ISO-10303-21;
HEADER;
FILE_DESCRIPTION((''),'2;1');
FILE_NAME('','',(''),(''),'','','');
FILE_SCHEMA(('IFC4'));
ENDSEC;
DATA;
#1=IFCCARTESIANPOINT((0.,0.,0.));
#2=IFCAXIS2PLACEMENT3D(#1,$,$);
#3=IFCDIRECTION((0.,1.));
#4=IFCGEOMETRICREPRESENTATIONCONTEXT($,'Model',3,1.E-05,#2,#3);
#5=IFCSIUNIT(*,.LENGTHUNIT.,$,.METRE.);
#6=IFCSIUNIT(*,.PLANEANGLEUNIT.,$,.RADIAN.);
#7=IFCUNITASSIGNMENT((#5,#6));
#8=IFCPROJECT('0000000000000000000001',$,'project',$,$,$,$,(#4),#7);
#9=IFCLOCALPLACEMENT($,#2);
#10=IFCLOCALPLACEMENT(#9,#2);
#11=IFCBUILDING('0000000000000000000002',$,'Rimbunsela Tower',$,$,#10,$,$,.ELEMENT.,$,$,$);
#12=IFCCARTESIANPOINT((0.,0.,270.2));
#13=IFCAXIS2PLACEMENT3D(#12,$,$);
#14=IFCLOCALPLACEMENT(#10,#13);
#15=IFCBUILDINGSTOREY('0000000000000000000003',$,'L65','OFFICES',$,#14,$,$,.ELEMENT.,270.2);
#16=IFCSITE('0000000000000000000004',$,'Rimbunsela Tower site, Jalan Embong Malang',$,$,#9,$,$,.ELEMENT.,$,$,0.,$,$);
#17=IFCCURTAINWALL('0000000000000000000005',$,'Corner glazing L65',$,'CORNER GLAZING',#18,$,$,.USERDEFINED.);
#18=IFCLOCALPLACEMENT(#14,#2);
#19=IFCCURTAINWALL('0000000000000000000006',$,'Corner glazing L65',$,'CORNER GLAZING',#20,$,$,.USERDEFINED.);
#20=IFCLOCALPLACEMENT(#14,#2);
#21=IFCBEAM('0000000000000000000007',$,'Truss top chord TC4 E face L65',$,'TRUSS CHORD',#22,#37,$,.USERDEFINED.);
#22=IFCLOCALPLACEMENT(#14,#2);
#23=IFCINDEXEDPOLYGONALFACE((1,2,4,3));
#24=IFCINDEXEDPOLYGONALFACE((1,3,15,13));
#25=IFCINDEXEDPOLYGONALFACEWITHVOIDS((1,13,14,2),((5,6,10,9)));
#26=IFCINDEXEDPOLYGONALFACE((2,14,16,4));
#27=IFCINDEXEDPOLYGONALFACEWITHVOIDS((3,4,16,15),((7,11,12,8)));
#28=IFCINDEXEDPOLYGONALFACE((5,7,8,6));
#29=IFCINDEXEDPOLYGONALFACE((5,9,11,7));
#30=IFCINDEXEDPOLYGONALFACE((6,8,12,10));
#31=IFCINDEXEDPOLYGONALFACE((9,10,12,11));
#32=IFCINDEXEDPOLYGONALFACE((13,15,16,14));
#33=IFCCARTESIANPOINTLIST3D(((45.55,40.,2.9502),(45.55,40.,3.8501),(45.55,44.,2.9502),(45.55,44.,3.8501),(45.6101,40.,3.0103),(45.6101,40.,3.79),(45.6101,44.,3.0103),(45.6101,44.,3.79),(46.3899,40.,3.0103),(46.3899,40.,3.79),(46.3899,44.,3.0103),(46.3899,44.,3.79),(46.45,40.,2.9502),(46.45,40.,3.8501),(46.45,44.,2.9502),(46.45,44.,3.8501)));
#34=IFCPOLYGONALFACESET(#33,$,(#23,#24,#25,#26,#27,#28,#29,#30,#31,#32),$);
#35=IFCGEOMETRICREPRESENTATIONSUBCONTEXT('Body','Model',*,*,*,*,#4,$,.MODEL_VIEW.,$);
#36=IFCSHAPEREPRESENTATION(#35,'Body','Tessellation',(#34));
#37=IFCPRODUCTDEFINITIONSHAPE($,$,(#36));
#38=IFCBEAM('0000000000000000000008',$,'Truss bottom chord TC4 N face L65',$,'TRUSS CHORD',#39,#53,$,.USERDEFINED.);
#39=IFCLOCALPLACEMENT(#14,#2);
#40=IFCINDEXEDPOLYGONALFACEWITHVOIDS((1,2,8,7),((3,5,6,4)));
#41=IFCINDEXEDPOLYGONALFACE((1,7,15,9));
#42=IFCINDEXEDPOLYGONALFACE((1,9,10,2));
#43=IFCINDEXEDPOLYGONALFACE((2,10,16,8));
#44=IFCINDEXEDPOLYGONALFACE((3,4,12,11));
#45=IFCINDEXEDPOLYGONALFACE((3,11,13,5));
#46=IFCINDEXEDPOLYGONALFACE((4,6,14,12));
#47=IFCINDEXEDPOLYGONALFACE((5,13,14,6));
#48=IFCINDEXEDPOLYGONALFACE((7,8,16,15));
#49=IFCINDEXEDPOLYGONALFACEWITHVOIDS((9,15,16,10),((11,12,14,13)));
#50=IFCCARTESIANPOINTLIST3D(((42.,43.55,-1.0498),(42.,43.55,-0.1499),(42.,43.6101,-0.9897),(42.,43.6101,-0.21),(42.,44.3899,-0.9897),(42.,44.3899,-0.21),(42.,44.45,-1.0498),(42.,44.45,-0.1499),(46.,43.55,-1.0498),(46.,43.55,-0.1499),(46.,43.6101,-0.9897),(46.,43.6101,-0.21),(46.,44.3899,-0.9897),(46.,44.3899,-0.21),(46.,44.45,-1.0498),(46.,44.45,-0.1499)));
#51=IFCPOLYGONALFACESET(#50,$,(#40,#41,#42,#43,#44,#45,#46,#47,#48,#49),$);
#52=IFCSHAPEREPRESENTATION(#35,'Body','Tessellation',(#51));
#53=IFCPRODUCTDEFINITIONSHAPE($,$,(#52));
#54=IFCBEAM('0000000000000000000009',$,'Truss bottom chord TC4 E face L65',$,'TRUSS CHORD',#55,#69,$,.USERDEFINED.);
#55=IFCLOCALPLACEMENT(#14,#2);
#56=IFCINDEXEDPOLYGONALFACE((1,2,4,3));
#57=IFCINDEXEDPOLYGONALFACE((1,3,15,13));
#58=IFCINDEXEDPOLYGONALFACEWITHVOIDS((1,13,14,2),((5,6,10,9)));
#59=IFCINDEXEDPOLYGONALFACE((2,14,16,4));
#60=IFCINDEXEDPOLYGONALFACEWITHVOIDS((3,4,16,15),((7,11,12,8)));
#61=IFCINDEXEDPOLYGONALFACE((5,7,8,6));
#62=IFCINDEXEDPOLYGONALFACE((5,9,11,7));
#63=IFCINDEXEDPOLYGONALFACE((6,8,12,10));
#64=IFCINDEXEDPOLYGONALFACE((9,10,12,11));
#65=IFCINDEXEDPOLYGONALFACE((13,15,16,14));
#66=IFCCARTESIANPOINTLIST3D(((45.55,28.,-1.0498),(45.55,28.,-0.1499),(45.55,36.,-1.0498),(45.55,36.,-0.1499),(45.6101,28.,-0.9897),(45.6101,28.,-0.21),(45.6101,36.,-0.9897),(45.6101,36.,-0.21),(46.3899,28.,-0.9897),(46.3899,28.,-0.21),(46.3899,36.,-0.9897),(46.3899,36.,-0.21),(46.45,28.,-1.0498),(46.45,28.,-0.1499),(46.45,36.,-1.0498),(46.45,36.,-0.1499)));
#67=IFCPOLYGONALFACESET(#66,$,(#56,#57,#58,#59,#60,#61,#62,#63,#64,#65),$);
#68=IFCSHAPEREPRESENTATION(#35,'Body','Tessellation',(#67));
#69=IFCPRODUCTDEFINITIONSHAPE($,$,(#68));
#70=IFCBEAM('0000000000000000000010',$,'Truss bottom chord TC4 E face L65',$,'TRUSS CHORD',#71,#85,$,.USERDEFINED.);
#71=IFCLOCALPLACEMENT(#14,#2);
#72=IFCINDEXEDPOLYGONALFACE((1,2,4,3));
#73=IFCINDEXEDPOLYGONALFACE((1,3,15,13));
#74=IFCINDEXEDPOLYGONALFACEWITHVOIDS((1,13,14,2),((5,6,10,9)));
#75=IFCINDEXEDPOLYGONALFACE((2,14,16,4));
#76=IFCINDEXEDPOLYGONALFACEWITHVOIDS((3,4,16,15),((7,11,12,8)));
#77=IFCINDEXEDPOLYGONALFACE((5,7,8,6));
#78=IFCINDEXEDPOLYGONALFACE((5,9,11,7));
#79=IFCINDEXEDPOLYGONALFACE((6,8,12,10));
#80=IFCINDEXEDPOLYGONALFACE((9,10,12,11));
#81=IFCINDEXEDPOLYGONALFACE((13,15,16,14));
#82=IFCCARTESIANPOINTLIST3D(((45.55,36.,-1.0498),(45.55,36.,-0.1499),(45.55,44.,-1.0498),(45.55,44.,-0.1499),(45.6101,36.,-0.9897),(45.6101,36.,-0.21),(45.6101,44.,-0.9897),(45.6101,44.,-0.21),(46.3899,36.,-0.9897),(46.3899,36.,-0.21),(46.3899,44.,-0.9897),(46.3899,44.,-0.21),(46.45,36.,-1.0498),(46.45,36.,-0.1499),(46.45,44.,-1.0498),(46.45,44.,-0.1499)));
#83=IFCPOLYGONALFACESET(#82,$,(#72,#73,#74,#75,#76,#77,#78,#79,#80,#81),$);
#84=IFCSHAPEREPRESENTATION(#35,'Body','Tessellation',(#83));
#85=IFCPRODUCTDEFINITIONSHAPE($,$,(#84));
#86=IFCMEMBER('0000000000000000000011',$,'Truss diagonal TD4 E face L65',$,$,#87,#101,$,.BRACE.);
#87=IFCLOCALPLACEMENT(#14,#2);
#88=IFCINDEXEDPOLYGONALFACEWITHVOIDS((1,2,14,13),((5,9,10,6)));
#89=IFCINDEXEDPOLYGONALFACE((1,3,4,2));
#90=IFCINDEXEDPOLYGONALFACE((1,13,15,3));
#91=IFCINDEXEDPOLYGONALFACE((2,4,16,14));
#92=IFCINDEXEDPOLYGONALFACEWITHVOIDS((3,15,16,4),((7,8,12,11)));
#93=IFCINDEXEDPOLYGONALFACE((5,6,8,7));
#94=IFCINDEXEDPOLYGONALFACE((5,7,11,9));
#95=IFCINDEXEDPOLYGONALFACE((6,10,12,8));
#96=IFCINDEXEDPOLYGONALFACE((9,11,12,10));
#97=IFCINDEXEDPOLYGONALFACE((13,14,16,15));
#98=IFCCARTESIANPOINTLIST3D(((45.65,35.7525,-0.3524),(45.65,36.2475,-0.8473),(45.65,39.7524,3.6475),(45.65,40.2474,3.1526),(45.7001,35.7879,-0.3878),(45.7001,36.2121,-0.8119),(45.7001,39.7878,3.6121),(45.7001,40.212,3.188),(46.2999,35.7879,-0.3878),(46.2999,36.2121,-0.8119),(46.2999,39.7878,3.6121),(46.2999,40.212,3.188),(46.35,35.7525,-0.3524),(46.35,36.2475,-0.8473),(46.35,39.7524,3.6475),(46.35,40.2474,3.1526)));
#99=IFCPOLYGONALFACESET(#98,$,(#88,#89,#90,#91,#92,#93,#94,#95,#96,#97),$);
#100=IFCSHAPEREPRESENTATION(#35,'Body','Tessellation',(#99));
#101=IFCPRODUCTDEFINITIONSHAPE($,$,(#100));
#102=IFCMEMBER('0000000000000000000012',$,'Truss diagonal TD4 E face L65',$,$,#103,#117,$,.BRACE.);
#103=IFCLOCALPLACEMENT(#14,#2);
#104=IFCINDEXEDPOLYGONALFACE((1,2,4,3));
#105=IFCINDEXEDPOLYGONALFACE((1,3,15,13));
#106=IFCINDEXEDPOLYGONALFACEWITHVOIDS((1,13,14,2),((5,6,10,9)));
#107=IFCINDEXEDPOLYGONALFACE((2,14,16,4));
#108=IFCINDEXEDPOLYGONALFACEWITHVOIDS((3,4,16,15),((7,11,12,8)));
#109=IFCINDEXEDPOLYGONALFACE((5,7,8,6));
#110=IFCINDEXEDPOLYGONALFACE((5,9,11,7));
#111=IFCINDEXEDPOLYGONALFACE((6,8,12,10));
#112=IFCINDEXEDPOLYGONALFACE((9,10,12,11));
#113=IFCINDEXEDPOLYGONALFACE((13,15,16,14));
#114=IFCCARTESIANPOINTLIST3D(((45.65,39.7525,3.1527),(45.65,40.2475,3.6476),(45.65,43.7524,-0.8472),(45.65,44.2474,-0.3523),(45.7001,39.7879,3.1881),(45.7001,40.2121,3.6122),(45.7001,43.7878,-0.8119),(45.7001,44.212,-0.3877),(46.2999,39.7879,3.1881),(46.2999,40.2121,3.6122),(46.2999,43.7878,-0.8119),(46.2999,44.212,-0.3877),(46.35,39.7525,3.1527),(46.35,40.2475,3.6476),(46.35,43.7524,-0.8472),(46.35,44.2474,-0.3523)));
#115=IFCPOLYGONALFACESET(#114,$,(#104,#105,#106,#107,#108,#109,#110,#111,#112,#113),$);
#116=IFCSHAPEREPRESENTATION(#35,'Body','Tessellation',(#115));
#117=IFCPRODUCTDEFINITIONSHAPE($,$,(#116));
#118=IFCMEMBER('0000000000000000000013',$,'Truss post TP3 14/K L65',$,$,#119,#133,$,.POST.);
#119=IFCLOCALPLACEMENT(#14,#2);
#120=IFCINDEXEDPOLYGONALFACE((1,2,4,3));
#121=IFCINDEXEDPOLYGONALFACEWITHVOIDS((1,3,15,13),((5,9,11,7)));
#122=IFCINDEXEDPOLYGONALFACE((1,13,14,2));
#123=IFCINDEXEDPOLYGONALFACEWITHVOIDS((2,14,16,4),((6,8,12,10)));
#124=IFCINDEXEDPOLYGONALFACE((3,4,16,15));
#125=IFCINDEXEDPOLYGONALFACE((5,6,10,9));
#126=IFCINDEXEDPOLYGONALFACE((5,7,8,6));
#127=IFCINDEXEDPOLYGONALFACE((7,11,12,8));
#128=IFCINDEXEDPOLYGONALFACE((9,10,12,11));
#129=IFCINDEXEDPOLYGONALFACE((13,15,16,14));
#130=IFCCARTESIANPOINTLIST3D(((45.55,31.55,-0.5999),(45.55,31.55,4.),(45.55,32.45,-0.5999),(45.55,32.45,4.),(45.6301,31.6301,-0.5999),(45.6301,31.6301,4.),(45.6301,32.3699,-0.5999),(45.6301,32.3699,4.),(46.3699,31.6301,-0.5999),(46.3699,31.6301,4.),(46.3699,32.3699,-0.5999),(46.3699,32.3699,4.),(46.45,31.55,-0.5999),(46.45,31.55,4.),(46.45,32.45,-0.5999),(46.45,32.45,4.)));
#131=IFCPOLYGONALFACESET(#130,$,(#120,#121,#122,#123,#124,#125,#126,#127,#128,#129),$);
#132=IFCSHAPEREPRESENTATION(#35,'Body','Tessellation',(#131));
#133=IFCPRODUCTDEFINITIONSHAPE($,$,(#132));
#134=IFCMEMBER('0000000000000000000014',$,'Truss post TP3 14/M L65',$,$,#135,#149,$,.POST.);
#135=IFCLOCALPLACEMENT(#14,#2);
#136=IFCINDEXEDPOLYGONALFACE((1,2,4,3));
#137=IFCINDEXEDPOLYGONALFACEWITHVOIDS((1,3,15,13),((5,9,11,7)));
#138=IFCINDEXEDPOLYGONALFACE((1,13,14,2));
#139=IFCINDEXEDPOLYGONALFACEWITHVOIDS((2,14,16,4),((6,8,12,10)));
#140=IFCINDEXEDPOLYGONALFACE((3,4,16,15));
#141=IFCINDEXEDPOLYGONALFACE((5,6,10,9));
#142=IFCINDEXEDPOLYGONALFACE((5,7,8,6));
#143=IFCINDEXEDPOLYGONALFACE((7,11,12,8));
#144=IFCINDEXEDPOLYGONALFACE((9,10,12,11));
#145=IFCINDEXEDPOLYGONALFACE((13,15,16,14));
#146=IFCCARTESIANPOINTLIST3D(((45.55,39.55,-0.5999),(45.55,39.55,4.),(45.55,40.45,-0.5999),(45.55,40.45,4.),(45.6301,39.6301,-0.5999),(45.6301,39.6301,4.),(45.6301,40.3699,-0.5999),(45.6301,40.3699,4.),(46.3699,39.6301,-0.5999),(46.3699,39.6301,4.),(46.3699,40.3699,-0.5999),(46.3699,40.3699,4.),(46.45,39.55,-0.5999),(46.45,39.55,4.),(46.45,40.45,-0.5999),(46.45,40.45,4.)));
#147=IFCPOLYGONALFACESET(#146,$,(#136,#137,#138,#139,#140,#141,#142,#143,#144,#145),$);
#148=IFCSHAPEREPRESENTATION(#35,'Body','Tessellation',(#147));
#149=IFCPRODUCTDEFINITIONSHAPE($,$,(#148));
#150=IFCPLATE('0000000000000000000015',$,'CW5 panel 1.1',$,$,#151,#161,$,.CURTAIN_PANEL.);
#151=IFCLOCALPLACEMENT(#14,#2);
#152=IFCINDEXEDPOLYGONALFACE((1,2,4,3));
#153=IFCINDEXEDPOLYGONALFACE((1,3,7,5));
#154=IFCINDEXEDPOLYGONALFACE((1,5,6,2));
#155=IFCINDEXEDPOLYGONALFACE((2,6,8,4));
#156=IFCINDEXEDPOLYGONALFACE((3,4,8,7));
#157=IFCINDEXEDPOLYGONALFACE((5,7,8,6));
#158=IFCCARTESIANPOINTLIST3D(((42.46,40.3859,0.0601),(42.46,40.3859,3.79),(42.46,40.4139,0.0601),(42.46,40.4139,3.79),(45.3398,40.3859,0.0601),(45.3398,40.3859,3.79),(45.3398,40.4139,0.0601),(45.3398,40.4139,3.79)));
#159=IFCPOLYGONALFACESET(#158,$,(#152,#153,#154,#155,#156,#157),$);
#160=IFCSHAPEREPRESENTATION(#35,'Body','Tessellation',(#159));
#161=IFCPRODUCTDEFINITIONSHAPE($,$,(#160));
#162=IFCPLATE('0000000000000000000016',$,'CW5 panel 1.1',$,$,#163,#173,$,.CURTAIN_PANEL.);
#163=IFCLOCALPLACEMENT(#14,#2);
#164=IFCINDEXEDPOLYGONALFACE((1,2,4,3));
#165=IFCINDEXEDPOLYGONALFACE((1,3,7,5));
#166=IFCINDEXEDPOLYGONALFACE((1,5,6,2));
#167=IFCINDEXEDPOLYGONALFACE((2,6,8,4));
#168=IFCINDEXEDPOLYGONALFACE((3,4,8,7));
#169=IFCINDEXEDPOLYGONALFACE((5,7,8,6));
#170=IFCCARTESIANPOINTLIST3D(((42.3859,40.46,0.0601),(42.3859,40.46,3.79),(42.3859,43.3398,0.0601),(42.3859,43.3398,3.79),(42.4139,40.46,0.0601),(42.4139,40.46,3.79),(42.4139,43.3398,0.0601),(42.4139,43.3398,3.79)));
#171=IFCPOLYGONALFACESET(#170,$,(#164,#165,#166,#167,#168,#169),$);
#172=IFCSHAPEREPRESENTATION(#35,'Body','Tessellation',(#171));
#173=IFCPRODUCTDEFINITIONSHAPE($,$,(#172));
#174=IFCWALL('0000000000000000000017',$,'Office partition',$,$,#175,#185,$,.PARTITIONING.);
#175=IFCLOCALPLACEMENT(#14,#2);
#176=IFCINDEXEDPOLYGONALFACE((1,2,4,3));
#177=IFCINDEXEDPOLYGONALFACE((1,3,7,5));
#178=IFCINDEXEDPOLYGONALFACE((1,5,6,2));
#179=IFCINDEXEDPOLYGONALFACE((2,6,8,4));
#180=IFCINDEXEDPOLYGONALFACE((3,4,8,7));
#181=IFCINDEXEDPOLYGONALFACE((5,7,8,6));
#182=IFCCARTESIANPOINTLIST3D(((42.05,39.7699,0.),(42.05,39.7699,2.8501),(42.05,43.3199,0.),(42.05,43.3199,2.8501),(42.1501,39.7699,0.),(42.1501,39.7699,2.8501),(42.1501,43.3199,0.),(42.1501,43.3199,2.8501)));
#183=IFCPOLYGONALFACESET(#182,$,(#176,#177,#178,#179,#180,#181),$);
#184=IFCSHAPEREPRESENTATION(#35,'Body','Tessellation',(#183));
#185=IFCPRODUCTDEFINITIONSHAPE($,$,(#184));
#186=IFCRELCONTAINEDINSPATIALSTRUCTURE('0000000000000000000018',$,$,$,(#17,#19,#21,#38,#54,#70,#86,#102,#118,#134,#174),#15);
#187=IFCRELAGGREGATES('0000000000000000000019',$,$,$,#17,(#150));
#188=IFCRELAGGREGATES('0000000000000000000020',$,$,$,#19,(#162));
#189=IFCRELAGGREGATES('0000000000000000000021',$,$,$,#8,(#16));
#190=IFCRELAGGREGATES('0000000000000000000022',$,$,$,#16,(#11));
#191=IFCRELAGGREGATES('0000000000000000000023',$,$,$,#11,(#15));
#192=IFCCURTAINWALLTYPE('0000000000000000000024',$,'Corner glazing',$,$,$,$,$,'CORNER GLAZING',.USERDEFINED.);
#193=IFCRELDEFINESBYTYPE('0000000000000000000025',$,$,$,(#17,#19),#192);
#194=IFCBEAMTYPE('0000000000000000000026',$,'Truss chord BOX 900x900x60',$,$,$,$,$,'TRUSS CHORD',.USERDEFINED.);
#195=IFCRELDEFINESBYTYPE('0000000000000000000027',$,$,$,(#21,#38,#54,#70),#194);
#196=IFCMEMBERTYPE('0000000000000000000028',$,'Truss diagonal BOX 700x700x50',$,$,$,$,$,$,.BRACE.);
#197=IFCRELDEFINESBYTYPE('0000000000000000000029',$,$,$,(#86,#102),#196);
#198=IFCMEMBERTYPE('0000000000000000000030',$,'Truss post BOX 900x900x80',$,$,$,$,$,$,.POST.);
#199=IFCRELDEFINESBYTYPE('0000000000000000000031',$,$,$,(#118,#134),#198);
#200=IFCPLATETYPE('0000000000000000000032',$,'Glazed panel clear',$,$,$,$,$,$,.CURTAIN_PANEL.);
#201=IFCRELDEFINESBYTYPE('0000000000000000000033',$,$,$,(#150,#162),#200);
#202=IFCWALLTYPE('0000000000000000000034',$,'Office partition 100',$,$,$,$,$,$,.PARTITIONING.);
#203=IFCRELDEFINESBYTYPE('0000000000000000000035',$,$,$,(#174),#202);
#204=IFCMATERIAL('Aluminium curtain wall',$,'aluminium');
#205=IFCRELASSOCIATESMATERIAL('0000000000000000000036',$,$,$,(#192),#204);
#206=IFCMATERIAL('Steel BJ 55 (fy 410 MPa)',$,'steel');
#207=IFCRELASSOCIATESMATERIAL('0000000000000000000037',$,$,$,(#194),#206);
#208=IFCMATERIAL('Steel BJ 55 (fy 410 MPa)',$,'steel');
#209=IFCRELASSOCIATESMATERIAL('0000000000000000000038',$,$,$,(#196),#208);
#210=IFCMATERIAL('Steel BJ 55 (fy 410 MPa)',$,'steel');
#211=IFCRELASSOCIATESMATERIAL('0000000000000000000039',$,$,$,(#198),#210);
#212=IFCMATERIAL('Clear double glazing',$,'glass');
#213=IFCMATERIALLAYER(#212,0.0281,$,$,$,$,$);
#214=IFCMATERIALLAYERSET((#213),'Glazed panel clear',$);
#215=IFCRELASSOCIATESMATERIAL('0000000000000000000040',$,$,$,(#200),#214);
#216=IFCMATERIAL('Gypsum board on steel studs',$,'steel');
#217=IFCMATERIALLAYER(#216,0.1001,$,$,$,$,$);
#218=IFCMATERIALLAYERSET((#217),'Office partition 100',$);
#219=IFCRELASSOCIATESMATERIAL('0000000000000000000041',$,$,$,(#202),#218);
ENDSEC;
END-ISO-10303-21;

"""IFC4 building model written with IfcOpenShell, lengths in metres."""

from ifc_helpers import new_model, si_unit, direction, frame, frame_2d, origin, origin_2d, place, context, subcontext, project, spatial, rectangle, hollow_rectangle, extrude, material, layer, layer_set, material_profile, profile_set, type_object, element, aggregate, save


model = new_model("IFC4")

# Units and contexts
model_context = context("Model", 3, precision=1e-05, world=origin(), true_north=direction((0.0, 1.0)))
body_context = subcontext(model_context, "Body", "Model", "MODEL_VIEW")
ifc_project = project(units=[si_unit("LENGTHUNIT", "METRE"), si_unit("PLANEANGLEUNIT", "RADIAN")], contexts=[model_context])

# Site, building, storey
site_placement = place(None, origin())
site = spatial("IfcSite", under=ifc_project, at=site_placement, Name="Rimbunsela Tower site, Jalan Embong Malang", CompositionType="ELEMENT", RefElevation=0.0)
building_placement = place(site_placement, origin())
building = spatial("IfcBuilding", under=site, at=building_placement, Name="Rimbunsela Tower", CompositionType="ELEMENT")
storey_placement = place(building_placement, frame((0.0, 0.0, 270.2)))
storey = spatial("IfcBuildingStorey", under=building, at=storey_placement, Name="L65", Description="OFFICES", CompositionType="ELEMENT", Elevation=270.2)

# Curtain walls
ifc_material_1 = material(Name="Aluminium curtain wall", Category="aluminium")
curtain_wall_type_1 = type_object("IfcCurtainWallType", Name="Corner glazing", ElementType="CORNER GLAZING", PredefinedType="USERDEFINED", material=ifc_material_1)
curtain_wall_1_placement = place(storey_placement, origin())
curtain_wall_1 = element("IfcCurtainWall", 1, at=curtain_wall_1_placement, inside=storey, type_object=curtain_wall_type_1, Name="Corner glazing L65", ObjectType="CORNER GLAZING", PredefinedType="USERDEFINED")
curtain_wall_2_placement = place(storey_placement, origin())
curtain_wall_2 = element("IfcCurtainWall", 2, at=curtain_wall_2_placement, inside=storey, type_object=curtain_wall_type_1, Name="Corner glazing L65", ObjectType="CORNER GLAZING", PredefinedType="USERDEFINED")

# Beams
ifc_material_2 = material(Name="Steel BJ 55 (fy 410 MPa)", Category="steel")
ifc_material_profile_1 = material_profile(ifc_material_2, hollow_rectangle(XDim=0.8999, YDim=0.8999, WallThickness=0.0601, at=origin_2d()), Name="BOX 900x900x60")
ifc_profile_set_1 = profile_set([ifc_material_profile_1], Name="Steel BJ 55 (fy 410 MPa)")
beam_type_1 = type_object("IfcBeamType", Name="Truss chord BOX 900x900x60", ElementType="TRUSS CHORD", PredefinedType="USERDEFINED", material=ifc_profile_set_1)
for number, where, z_axis, x_axis, name in (
    (3, (46.0, 40.0, 3.4001), (0.0, 1.0, 0.0), (-1.0, 0.0, 0.0), "Truss top chord TC4 E face L65"),
    (4, (42.0, 44.0, -0.5999), (1.0, 0.0, 0.0), (0.0, 1.0, 0.0), "Truss bottom chord TC4 N face L65"),
):
    element("IfcBeam", number, at=place(storey_placement, frame(where, z_axis=z_axis, x_axis=x_axis)), inside=storey, type_object=beam_type_1, Name=name, ObjectType="TRUSS CHORD", PredefinedType="USERDEFINED", context=body_context, shape_type="SweptSolid", body=[
        extrude(hollow_rectangle(XDim=0.8999, YDim=0.8999, WallThickness=0.0601, at=origin_2d()), origin(), (0.0, 0.0, 1.0), 4.0),
    ])
for number, where, z_axis, x_axis, name in (
    (5, (46.0, 28.0, -0.5999), (0.0, 1.0, 0.0), (-1.0, 0.0, 0.0), "Truss bottom chord TC4 E face L65"),
    (6, (46.0, 36.0, -0.5999), (0.0, 1.0, 0.0), (-1.0, 0.0, 0.0), "Truss bottom chord TC4 E face L65"),
):
    element("IfcBeam", number, at=place(storey_placement, frame(where, z_axis=z_axis, x_axis=x_axis)), inside=storey, type_object=beam_type_1, Name=name, ObjectType="TRUSS CHORD", PredefinedType="USERDEFINED", context=body_context, shape_type="SweptSolid", body=[
        extrude(hollow_rectangle(XDim=0.8999, YDim=0.8999, WallThickness=0.0601, at=origin_2d()), origin(), (0.0, 0.0, 1.0), 8.0),
    ])

# Members
ifc_material_3 = material(Name="Steel BJ 55 (fy 410 MPa)", Category="steel")
ifc_material_profile_2 = material_profile(ifc_material_3, hollow_rectangle(XDim=0.7, YDim=0.7, WallThickness=0.05, at=origin_2d()), Name="BOX 700x700x50")
ifc_profile_set_2 = profile_set([ifc_material_profile_2], Name="Steel BJ 55 (fy 410 MPa)")
member_type_1 = type_object("IfcMemberType", Name="Truss diagonal BOX 700x700x50", PredefinedType="BRACE", material=ifc_profile_set_2)
for number, where, z_axis, x_axis, name in (
    (7, (46.0, 36.0, -0.5999), (0.0, 0.707107, 0.707107), (-1.0, 0.0, 0.0), "Truss diagonal TD4 E face L65"),
    (8, (46.0, 40.0, 3.4001), (0.0, 0.707107, -0.707107), (-1.0, 0.0, 0.0), "Truss diagonal TD4 E face L65"),
):
    element("IfcMember", number, at=place(storey_placement, frame(where, z_axis=z_axis, x_axis=x_axis)), inside=storey, type_object=member_type_1, Name=name, PredefinedType="BRACE", context=body_context, shape_type="SweptSolid", body=[
        extrude(hollow_rectangle(XDim=0.7, YDim=0.7, WallThickness=0.05, at=origin_2d()), origin(), (0.0, 0.0, 1.0), 5.6567),
    ])
ifc_material_4 = material(Name="Steel BJ 55 (fy 410 MPa)", Category="steel")
ifc_material_profile_3 = material_profile(ifc_material_4, hollow_rectangle(XDim=0.8999, YDim=0.8999, WallThickness=0.0801, at=origin_2d()), Name="BOX 900x900x80")
ifc_profile_set_3 = profile_set([ifc_material_profile_3], Name="Steel BJ 55 (fy 410 MPa)")
member_type_2 = type_object("IfcMemberType", Name="Truss post BOX 900x900x80", PredefinedType="POST", material=ifc_profile_set_3)
for number, where, z_axis, x_axis, name in (
    (9, (46.0, 32.0, -0.5999), (0.0, 0.0, 1.0), (1.0, 0.0, 0.0), "Truss post TP3 14/K L65"),
    (10, (46.0, 40.0, -0.5999), (0.0, 0.0, 1.0), (1.0, 0.0, 0.0), "Truss post TP3 14/M L65"),
):
    element("IfcMember", number, at=place(storey_placement, frame(where, z_axis=z_axis, x_axis=x_axis)), inside=storey, type_object=member_type_2, Name=name, PredefinedType="POST", context=body_context, shape_type="SweptSolid", body=[
        extrude(hollow_rectangle(XDim=0.8999, YDim=0.8999, WallThickness=0.0801, at=origin_2d()), origin(), (0.0, 0.0, 1.0), 4.5999),
    ])

# Plates
ifc_material_5 = material(Name="Clear double glazing", Category="glass")
ifc_layer_1 = layer(ifc_material_5, 0.0281)
ifc_layer_set_1 = layer_set([ifc_layer_1], Name="Glazed panel clear")
plate_type = type_object("IfcPlateType", Name="Glazed panel clear", PredefinedType="CURTAIN_PANEL", material=ifc_layer_set_1)
plate_1_placement = place(storey_placement, frame((43.8999, 40.3999, 0.0601), z_axis=(0.0, 0.0, 1.0), x_axis=(-1.0, 0.0, 0.0)))
plate_1 = element("IfcPlate", 11, at=plate_1_placement, type_object=plate_type, Name="CW5 panel 1.1", PredefinedType="CURTAIN_PANEL", context=body_context, shape_type="SweptSolid", body=[
    extrude(rectangle(XDim=2.8799, YDim=0.0281, at=origin_2d()), origin(), (0.0, 0.0, 1.0), 3.73),
])
aggregate(curtain_wall_1, [plate_1])
plate_2_placement = place(storey_placement, frame((42.3999, 41.8999, 0.0601), z_axis=(0.0, 0.0, 1.0), x_axis=(0.0, 1.0, 0.0)))
plate_2 = element("IfcPlate", 12, at=plate_2_placement, type_object=plate_type, Name="CW5 panel 1.1", PredefinedType="CURTAIN_PANEL", context=body_context, shape_type="SweptSolid", body=[
    extrude(rectangle(XDim=2.8799, YDim=0.0281, at=origin_2d()), origin(), (0.0, 0.0, 1.0), 3.73),
])
aggregate(curtain_wall_2, [plate_2])

# Wall
ifc_material_6 = material(Name="Gypsum board on steel studs", Category="steel")
ifc_layer_2 = layer(ifc_material_6, 0.1001)
ifc_layer_set_2 = layer_set([ifc_layer_2], Name="Office partition 100")
wall_type = type_object("IfcWallType", Name="Office partition 100", PredefinedType="PARTITIONING", material=ifc_layer_set_2)
wall_placement = place(storey_placement, frame((42.1001, 39.77, 0.0), z_axis=(0.0, 0.0, 1.0), x_axis=(0.0, 1.0, 0.0)))
element("IfcWall", 13, at=wall_placement, inside=storey, type_object=wall_type, Name="Office partition", PredefinedType="PARTITIONING", context=body_context, shape_type="SweptSolid", body=[
    extrude(rectangle(XDim=3.55, YDim=0.1001, at=frame_2d((1.7749, 0.0))), origin(), (0.0, 0.0, 1.0), 2.8501),
])

save(model, "model.ifc")
